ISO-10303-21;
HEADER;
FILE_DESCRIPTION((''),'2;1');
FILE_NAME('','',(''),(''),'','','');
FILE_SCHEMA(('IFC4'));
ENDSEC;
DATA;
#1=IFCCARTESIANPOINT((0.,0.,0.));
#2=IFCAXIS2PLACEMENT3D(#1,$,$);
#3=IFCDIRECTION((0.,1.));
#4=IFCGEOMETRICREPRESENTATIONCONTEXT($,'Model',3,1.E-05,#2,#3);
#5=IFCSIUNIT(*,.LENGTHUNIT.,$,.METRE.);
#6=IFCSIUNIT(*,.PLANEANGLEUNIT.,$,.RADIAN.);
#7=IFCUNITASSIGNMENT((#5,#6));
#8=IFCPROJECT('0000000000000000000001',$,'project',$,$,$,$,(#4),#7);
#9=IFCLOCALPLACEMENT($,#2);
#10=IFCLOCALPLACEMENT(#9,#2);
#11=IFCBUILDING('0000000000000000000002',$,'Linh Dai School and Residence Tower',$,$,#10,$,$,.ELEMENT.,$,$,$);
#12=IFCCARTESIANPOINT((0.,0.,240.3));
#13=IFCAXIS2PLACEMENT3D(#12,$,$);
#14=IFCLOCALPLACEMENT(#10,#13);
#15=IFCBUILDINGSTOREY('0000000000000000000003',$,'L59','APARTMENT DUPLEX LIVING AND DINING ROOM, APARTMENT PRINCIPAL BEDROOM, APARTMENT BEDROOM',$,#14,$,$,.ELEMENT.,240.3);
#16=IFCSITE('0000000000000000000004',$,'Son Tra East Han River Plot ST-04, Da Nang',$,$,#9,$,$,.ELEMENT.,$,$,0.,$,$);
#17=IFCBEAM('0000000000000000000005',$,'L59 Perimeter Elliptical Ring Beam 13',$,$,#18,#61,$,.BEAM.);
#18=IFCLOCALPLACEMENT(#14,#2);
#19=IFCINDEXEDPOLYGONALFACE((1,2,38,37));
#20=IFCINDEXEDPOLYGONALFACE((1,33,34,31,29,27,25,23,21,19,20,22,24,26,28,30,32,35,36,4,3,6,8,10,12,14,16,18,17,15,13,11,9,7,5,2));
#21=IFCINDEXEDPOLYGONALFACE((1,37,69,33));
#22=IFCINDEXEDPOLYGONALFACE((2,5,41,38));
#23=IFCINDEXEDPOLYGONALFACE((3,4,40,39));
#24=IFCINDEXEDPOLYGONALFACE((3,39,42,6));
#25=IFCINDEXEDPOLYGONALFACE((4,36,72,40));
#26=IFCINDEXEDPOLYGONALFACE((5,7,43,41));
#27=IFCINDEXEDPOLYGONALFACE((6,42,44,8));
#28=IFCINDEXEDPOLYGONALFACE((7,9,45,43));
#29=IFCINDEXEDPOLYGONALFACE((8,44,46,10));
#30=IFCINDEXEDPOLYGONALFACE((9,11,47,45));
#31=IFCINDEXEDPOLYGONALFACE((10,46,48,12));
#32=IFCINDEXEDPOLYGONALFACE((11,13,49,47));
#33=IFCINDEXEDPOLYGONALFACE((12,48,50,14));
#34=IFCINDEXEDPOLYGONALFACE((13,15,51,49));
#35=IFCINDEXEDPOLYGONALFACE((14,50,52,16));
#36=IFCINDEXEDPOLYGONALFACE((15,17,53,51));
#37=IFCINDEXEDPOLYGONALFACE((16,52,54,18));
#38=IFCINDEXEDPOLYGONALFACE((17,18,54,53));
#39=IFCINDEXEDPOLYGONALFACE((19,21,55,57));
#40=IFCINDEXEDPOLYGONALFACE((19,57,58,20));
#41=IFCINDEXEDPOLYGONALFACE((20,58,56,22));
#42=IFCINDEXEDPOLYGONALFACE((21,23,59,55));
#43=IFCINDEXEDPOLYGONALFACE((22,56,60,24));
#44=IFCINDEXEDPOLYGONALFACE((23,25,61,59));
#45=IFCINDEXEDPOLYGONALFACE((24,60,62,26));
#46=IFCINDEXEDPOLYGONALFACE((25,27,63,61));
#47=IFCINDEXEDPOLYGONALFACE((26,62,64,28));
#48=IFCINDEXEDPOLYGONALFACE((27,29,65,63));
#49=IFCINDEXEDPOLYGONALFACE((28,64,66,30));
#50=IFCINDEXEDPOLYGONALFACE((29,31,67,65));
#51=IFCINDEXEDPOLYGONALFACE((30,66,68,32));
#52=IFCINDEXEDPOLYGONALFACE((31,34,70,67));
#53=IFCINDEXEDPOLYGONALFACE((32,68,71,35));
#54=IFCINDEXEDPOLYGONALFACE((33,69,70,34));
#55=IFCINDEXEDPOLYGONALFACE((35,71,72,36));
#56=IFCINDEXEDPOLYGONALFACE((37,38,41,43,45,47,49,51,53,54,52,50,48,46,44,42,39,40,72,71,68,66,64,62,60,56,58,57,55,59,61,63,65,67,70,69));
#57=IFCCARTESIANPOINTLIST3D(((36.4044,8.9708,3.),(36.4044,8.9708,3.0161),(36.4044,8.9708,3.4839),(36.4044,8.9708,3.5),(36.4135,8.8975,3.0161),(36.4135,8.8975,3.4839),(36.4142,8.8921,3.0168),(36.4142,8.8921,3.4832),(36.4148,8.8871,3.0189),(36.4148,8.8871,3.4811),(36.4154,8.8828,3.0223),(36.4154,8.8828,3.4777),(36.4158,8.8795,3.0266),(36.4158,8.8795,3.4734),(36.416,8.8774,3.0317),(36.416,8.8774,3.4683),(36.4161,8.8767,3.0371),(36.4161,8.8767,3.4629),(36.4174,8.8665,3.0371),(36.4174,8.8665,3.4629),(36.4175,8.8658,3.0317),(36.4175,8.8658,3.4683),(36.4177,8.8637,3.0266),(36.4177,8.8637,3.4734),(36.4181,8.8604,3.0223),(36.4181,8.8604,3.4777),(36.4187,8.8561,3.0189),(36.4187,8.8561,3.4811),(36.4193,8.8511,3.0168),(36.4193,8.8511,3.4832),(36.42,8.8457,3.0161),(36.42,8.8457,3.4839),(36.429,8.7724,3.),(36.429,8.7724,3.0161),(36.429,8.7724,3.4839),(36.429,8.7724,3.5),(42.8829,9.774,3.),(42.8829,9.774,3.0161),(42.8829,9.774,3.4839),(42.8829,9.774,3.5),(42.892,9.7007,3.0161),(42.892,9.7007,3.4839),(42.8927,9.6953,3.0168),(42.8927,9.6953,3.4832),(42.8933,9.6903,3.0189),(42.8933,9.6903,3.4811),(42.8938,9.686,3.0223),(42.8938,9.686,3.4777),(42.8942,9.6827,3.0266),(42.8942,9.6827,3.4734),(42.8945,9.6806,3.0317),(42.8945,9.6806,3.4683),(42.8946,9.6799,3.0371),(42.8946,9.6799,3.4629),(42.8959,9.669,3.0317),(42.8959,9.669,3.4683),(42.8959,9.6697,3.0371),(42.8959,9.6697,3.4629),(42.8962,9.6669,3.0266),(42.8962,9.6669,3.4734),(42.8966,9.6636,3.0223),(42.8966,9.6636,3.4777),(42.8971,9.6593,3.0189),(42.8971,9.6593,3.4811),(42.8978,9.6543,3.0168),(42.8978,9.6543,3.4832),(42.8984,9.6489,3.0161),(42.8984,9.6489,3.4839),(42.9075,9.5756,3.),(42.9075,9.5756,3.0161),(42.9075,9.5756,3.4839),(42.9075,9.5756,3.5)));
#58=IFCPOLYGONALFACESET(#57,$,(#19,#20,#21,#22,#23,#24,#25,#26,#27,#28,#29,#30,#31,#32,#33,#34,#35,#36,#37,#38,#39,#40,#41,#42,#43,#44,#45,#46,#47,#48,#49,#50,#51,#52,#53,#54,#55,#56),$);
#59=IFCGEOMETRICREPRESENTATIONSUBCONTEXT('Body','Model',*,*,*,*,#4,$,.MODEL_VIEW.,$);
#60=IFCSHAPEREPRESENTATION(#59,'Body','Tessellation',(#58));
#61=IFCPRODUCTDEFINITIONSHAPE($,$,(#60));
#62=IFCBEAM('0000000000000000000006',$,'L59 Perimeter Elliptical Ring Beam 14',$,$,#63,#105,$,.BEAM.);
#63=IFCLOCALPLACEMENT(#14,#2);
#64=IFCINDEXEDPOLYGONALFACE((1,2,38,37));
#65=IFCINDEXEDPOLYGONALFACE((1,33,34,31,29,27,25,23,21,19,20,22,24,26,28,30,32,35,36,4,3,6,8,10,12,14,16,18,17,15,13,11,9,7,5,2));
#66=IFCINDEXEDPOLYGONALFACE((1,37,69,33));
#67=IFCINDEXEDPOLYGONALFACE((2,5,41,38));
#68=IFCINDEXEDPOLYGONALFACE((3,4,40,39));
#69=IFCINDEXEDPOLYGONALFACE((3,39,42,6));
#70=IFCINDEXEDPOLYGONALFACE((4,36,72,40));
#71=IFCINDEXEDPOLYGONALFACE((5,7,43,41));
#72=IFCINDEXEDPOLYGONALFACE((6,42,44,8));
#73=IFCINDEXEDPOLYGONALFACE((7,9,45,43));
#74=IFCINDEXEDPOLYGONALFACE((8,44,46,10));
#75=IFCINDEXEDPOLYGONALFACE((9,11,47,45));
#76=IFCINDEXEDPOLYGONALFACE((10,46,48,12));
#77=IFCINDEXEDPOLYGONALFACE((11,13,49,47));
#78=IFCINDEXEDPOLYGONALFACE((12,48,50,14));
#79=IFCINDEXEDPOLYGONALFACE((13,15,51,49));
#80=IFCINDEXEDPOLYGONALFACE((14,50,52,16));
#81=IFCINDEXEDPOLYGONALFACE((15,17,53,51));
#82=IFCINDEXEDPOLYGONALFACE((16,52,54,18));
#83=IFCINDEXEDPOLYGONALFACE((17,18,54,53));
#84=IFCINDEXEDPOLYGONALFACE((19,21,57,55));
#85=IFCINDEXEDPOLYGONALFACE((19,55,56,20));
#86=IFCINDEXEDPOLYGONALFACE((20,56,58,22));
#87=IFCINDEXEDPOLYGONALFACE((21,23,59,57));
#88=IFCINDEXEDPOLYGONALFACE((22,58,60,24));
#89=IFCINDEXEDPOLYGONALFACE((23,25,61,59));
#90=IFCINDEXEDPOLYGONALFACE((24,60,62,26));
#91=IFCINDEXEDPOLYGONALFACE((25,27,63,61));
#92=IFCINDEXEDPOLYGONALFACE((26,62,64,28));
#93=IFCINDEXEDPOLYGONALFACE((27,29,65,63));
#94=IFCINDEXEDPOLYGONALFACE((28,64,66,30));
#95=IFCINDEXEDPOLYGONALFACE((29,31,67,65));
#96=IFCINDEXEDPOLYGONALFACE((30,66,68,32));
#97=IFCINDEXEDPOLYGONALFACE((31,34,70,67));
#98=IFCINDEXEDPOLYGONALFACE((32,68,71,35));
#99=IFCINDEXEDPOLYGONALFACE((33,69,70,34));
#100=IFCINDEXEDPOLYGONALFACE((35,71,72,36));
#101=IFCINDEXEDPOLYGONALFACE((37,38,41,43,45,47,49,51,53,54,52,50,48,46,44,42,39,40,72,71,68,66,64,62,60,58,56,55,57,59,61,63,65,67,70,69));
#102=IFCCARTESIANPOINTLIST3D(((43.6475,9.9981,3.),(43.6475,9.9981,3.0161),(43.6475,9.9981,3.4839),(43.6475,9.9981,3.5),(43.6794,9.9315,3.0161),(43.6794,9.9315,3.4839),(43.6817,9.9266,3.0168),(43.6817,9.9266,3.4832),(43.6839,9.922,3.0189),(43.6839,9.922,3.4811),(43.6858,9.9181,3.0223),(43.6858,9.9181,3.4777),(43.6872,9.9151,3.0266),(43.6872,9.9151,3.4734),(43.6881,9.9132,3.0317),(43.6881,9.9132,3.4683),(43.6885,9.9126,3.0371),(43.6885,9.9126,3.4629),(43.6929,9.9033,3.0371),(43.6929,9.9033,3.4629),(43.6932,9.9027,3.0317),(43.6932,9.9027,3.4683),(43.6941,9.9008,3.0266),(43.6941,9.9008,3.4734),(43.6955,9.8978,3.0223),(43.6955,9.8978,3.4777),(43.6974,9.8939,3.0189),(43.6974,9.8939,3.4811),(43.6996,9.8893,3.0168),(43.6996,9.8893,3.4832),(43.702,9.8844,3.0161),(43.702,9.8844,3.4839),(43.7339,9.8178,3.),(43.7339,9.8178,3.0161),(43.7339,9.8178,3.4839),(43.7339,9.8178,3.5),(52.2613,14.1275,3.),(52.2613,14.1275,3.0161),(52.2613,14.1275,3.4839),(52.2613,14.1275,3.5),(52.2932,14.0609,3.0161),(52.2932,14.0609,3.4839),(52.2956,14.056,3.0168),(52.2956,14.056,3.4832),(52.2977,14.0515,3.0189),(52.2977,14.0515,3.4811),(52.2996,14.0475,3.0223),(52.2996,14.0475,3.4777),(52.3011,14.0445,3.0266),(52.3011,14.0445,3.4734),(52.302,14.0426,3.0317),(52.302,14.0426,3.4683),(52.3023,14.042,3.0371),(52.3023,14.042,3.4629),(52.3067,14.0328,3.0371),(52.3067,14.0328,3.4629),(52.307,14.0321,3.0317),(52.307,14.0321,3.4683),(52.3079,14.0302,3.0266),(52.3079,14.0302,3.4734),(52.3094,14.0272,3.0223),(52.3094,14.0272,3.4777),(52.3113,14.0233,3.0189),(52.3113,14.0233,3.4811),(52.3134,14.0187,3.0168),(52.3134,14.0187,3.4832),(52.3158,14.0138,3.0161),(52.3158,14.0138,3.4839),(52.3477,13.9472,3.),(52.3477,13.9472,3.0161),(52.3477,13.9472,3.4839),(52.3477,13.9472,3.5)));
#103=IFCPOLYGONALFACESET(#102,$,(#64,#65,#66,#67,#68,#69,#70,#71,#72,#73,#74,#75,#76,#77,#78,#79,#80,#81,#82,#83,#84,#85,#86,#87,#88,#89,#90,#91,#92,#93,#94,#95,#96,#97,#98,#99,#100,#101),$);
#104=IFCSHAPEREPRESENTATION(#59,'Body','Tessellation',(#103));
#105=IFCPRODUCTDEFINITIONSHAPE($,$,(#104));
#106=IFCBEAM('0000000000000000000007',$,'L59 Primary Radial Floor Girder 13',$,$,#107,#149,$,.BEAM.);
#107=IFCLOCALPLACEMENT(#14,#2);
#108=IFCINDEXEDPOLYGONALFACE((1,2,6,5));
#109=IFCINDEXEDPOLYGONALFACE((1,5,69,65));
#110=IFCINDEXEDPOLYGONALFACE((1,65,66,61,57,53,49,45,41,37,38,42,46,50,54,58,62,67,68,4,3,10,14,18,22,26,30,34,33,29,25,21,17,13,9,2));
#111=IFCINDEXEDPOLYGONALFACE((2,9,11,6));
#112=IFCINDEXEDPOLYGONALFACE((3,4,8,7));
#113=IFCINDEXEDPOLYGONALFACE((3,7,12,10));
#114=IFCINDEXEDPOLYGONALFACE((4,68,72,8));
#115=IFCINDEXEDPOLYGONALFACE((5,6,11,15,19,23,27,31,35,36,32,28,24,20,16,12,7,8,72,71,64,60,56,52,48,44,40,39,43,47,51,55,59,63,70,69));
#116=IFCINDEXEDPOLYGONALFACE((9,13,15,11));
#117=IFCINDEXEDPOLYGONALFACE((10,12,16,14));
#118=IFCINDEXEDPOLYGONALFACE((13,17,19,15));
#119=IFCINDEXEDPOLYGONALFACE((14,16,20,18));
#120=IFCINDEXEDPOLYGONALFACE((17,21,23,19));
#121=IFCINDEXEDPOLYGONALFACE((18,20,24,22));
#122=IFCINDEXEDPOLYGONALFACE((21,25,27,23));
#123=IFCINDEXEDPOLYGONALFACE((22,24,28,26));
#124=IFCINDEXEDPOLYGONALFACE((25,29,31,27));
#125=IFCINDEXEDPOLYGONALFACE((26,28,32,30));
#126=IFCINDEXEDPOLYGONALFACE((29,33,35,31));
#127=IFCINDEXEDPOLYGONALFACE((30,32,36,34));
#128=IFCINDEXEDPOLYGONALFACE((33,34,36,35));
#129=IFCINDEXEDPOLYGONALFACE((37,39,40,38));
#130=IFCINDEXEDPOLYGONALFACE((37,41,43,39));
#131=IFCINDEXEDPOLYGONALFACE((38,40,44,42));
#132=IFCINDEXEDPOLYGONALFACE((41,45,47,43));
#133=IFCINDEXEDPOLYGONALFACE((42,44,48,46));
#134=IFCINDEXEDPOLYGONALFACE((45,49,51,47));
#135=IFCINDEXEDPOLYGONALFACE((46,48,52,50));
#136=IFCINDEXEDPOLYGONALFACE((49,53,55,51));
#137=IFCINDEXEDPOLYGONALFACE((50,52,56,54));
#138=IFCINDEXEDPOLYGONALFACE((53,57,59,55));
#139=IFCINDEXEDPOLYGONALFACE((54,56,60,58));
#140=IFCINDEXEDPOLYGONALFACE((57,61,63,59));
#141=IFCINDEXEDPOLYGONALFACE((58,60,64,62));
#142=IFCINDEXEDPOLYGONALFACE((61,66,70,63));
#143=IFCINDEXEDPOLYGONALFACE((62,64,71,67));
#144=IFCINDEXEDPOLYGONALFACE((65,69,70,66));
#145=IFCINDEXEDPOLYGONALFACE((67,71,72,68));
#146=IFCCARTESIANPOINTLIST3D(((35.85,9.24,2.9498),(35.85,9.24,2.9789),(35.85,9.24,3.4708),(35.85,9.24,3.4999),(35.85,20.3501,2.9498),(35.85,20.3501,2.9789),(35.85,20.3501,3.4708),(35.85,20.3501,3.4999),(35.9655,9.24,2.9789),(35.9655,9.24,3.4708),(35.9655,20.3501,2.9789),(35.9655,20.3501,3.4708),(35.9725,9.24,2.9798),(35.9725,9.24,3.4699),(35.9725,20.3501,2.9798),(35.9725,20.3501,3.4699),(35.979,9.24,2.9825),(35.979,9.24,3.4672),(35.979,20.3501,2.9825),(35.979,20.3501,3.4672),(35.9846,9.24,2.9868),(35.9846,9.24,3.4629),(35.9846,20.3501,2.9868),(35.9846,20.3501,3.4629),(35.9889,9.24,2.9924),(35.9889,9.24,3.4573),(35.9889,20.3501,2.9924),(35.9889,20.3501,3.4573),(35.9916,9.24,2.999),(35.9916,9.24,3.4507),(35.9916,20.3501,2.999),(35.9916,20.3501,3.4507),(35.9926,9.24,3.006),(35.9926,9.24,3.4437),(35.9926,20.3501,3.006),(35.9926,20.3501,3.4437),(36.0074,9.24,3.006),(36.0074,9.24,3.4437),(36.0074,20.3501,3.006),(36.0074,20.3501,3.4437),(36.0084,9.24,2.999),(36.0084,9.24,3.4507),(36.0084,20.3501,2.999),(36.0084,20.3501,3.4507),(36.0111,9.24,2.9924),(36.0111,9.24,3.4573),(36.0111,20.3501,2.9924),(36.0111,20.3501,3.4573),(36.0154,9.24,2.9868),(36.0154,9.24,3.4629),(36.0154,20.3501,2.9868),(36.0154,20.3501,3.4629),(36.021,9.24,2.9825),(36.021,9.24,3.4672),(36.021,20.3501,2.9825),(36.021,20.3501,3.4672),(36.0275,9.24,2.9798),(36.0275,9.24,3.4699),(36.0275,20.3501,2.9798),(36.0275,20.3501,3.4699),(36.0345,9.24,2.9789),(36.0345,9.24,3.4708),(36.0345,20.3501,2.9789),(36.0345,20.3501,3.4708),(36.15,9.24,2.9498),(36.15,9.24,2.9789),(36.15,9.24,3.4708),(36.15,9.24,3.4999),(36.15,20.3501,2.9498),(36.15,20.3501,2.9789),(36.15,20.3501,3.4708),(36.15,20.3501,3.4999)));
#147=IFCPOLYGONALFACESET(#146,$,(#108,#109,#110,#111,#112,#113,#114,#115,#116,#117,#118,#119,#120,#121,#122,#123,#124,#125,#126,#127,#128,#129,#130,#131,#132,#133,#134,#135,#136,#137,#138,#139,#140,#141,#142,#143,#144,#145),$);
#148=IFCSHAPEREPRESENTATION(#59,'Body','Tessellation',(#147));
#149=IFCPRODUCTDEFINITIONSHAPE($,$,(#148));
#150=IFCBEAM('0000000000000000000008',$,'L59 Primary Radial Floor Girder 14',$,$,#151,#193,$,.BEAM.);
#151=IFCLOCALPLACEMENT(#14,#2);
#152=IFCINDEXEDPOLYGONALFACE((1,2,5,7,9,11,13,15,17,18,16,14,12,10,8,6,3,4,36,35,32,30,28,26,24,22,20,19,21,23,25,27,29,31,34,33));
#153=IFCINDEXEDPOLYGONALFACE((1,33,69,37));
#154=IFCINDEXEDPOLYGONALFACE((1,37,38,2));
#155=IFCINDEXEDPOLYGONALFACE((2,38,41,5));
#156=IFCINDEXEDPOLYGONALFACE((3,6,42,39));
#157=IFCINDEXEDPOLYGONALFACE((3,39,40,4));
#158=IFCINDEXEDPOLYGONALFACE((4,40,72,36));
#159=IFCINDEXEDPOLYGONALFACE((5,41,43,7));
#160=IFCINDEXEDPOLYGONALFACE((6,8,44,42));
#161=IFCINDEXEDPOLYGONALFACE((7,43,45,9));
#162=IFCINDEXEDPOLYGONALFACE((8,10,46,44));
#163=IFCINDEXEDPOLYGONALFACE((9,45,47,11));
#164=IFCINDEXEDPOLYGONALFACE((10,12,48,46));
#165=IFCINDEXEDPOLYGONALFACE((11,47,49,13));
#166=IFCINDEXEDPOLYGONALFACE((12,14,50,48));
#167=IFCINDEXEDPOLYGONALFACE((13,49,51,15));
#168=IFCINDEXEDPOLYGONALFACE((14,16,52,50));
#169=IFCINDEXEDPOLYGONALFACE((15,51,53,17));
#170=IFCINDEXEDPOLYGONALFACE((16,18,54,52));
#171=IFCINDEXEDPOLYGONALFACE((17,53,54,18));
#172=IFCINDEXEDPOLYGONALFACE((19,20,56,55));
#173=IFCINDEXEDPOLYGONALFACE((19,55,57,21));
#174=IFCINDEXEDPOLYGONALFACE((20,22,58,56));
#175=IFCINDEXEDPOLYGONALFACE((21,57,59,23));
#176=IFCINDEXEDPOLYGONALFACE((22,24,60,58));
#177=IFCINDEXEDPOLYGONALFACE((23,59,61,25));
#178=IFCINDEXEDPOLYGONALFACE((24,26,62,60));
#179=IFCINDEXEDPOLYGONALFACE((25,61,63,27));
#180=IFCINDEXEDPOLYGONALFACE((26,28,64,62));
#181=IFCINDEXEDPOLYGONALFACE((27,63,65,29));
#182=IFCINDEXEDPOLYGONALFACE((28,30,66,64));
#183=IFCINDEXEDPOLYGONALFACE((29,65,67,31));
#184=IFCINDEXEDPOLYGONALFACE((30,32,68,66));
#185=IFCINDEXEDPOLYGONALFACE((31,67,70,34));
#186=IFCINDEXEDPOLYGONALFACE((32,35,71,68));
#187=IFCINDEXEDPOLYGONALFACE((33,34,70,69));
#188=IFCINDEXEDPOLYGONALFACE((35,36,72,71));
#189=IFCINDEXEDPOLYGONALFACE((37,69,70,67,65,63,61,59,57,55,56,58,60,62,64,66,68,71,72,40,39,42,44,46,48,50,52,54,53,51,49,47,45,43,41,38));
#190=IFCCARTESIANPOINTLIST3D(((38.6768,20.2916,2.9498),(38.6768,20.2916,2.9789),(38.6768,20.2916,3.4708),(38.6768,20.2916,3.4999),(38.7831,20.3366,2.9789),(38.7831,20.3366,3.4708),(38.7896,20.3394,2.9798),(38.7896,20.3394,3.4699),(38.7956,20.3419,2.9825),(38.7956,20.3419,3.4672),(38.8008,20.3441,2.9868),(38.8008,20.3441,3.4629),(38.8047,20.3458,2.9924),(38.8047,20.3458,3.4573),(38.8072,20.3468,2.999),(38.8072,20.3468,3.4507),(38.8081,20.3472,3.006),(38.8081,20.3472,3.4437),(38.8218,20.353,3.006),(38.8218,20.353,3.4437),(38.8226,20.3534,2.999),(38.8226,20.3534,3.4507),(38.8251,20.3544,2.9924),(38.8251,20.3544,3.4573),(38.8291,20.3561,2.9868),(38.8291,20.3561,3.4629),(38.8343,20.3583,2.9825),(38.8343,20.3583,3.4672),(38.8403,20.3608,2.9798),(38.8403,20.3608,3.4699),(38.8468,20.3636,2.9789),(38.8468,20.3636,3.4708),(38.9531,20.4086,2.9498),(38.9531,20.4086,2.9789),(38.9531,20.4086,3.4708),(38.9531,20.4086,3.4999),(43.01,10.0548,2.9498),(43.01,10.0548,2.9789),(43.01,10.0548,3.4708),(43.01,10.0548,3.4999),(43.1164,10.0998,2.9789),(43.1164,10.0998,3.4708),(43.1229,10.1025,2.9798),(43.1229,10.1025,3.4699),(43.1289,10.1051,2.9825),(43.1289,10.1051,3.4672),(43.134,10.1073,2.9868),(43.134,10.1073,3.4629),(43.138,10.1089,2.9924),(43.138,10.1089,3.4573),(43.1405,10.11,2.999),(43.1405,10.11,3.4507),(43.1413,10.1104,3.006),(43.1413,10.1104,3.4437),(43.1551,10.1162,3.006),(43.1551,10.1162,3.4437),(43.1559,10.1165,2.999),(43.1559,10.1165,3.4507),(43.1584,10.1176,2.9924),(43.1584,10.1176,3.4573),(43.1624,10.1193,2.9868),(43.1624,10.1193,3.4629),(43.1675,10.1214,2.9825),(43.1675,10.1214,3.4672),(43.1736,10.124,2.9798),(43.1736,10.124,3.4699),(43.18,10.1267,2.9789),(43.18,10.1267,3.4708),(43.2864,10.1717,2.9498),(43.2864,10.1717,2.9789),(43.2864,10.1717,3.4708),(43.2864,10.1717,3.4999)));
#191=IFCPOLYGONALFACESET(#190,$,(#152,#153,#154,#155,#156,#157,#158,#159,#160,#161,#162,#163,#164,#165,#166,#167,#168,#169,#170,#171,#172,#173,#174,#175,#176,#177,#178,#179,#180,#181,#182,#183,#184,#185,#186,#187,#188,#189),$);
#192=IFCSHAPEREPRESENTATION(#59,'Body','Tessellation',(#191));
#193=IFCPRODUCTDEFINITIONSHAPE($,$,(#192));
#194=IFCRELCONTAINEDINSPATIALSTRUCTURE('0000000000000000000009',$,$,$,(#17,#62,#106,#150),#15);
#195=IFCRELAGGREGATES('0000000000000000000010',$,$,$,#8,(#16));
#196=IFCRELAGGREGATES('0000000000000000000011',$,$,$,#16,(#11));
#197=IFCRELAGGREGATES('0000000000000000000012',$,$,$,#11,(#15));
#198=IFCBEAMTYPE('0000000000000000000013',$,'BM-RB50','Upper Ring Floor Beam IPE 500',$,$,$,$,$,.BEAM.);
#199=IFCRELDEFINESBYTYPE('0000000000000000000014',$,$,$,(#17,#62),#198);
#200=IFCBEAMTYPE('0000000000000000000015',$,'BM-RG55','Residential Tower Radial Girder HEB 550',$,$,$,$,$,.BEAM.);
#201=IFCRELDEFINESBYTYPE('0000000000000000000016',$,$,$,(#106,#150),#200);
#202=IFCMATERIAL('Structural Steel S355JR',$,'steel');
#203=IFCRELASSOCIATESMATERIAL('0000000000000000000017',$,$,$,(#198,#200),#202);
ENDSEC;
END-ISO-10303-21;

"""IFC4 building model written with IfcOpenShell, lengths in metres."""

from ifc_helpers import new_model, si_unit, direction, frame, origin, origin_2d, place, context, subcontext, project, spatial, i_section, extrude, material, material_profile, profile_set, type_object, element, save


model = new_model("IFC4")

# Units and contexts
model_context = context("Model", 3, precision=1e-05, world=origin(), true_north=direction((0.0, 1.0)))
body_context = subcontext(model_context, "Body", "Model", "MODEL_VIEW")
ifc_project = project(units=[si_unit("LENGTHUNIT", "METRE"), si_unit("PLANEANGLEUNIT", "RADIAN")], contexts=[model_context])

# Site, building, storey
site_placement = place(None, origin())
site = spatial("IfcSite", under=ifc_project, at=site_placement, Name="Son Tra East Han River Plot ST-04, Da Nang", CompositionType="ELEMENT", RefElevation=0.0)
building_placement = place(site_placement, origin())
building = spatial("IfcBuilding", under=site, at=building_placement, Name="Linh Dai School and Residence Tower", CompositionType="ELEMENT")
storey_placement = place(building_placement, frame((0.0, 0.0, 240.3)))
storey = spatial("IfcBuildingStorey", under=building, at=storey_placement, Name="L59", Description="APARTMENT DUPLEX LIVING AND DINING ROOM, APARTMENT PRINCIPAL BEDROOM, APARTMENT BEDROOM", CompositionType="ELEMENT", Elevation=240.3)

# Shared definitions
ifc_material_1 = material(Name="Structural Steel S355JR", Category="steel")

# Beams
ifc_material_profile_1 = material_profile(ifc_material_1, i_section(OverallWidth=0.2, OverallDepth=0.5, WebThickness=0.0103, FlangeThickness=0.0161, FilletRadius=0.021, at=origin_2d()), Name="IPE 500")
ifc_profile_set_1 = profile_set([ifc_material_profile_1], Name="Structural Steel S355JR")
beam_type_1 = type_object("IfcBeamType", Name="BM-RB50", Description="Upper Ring Floor Beam IPE 500", PredefinedType="BEAM", material=ifc_profile_set_1)
beam_1_placement = place(storey_placement, frame((36.4167, 8.8716, 3.25), z_axis=(0.992402, 0.12304, 0.0), x_axis=(-0.12304, 0.992402, 0.0)))
element("IfcBeam", 1, at=beam_1_placement, inside=storey, type_object=beam_type_1, Name="L59 Perimeter Elliptical Ring Beam 13", PredefinedType="BEAM", context=body_context, shape_type="SweptSolid", body=[
    extrude(i_section(OverallWidth=0.2, OverallDepth=0.5, WebThickness=0.0103, FlangeThickness=0.0161, FilletRadius=0.021, at=origin_2d()), origin(), (0.0, 0.0, 1.0), 6.5281),
])
beam_2_placement = place(storey_placement, frame((43.6907, 9.908, 3.25), z_axis=(0.901736, 0.432287, 0.0), x_axis=(-0.432287, 0.901736, 0.0)))
element("IfcBeam", 2, at=beam_2_placement, inside=storey, type_object=beam_type_1, Name="L59 Perimeter Elliptical Ring Beam 14", PredefinedType="BEAM", context=body_context, shape_type="SweptSolid", body=[
    extrude(i_section(OverallWidth=0.2, OverallDepth=0.5, WebThickness=0.0103, FlangeThickness=0.0161, FilletRadius=0.021, at=origin_2d()), origin(), (0.0, 0.0, 1.0), 9.5525),
])
ifc_material_profile_2 = material_profile(ifc_material_1, i_section(OverallWidth=0.3, OverallDepth=0.55, WebThickness=0.0149, FlangeThickness=0.0291, FilletRadius=0.0271, at=origin_2d()), Name="HEB 550")
ifc_profile_set_2 = profile_set([ifc_material_profile_2], Name="Structural Steel S355JR")
beam_type_2 = type_object("IfcBeamType", Name="BM-RG55", Description="Residential Tower Radial Girder HEB 550", PredefinedType="BEAM", material=ifc_profile_set_2)
beam_3_placement = place(storey_placement, frame((36.0, 20.3501, 3.2249), z_axis=(0.0, -1.0, 0.0), x_axis=(1.0, 0.0, 0.0)))
element("IfcBeam", 3, at=beam_3_placement, inside=storey, type_object=beam_type_2, Name="L59 Primary Radial Floor Girder 13", PredefinedType="BEAM", context=body_context, shape_type="SweptSolid", body=[
    extrude(i_section(OverallWidth=0.3, OverallDepth=0.55, WebThickness=0.0149, FlangeThickness=0.0291, FilletRadius=0.0271, at=origin_2d()), origin(), (0.0, 0.0, 1.0), 11.1101),
])
beam_4_placement = place(storey_placement, frame((38.8149, 20.3501, 3.2249), z_axis=(0.389815, -0.920893, 0.0), x_axis=(0.920893, 0.389815, 0.0)))
element("IfcBeam", 4, at=beam_4_placement, inside=storey, type_object=beam_type_2, Name="L59 Primary Radial Floor Girder 14", PredefinedType="BEAM", context=body_context, shape_type="SweptSolid", body=[
    extrude(i_section(OverallWidth=0.3, OverallDepth=0.55, WebThickness=0.0149, FlangeThickness=0.0291, FilletRadius=0.0271, at=origin_2d()), origin(), (0.0, 0.0, 1.0), 11.1162),
])

save(model, "model.ifc")
